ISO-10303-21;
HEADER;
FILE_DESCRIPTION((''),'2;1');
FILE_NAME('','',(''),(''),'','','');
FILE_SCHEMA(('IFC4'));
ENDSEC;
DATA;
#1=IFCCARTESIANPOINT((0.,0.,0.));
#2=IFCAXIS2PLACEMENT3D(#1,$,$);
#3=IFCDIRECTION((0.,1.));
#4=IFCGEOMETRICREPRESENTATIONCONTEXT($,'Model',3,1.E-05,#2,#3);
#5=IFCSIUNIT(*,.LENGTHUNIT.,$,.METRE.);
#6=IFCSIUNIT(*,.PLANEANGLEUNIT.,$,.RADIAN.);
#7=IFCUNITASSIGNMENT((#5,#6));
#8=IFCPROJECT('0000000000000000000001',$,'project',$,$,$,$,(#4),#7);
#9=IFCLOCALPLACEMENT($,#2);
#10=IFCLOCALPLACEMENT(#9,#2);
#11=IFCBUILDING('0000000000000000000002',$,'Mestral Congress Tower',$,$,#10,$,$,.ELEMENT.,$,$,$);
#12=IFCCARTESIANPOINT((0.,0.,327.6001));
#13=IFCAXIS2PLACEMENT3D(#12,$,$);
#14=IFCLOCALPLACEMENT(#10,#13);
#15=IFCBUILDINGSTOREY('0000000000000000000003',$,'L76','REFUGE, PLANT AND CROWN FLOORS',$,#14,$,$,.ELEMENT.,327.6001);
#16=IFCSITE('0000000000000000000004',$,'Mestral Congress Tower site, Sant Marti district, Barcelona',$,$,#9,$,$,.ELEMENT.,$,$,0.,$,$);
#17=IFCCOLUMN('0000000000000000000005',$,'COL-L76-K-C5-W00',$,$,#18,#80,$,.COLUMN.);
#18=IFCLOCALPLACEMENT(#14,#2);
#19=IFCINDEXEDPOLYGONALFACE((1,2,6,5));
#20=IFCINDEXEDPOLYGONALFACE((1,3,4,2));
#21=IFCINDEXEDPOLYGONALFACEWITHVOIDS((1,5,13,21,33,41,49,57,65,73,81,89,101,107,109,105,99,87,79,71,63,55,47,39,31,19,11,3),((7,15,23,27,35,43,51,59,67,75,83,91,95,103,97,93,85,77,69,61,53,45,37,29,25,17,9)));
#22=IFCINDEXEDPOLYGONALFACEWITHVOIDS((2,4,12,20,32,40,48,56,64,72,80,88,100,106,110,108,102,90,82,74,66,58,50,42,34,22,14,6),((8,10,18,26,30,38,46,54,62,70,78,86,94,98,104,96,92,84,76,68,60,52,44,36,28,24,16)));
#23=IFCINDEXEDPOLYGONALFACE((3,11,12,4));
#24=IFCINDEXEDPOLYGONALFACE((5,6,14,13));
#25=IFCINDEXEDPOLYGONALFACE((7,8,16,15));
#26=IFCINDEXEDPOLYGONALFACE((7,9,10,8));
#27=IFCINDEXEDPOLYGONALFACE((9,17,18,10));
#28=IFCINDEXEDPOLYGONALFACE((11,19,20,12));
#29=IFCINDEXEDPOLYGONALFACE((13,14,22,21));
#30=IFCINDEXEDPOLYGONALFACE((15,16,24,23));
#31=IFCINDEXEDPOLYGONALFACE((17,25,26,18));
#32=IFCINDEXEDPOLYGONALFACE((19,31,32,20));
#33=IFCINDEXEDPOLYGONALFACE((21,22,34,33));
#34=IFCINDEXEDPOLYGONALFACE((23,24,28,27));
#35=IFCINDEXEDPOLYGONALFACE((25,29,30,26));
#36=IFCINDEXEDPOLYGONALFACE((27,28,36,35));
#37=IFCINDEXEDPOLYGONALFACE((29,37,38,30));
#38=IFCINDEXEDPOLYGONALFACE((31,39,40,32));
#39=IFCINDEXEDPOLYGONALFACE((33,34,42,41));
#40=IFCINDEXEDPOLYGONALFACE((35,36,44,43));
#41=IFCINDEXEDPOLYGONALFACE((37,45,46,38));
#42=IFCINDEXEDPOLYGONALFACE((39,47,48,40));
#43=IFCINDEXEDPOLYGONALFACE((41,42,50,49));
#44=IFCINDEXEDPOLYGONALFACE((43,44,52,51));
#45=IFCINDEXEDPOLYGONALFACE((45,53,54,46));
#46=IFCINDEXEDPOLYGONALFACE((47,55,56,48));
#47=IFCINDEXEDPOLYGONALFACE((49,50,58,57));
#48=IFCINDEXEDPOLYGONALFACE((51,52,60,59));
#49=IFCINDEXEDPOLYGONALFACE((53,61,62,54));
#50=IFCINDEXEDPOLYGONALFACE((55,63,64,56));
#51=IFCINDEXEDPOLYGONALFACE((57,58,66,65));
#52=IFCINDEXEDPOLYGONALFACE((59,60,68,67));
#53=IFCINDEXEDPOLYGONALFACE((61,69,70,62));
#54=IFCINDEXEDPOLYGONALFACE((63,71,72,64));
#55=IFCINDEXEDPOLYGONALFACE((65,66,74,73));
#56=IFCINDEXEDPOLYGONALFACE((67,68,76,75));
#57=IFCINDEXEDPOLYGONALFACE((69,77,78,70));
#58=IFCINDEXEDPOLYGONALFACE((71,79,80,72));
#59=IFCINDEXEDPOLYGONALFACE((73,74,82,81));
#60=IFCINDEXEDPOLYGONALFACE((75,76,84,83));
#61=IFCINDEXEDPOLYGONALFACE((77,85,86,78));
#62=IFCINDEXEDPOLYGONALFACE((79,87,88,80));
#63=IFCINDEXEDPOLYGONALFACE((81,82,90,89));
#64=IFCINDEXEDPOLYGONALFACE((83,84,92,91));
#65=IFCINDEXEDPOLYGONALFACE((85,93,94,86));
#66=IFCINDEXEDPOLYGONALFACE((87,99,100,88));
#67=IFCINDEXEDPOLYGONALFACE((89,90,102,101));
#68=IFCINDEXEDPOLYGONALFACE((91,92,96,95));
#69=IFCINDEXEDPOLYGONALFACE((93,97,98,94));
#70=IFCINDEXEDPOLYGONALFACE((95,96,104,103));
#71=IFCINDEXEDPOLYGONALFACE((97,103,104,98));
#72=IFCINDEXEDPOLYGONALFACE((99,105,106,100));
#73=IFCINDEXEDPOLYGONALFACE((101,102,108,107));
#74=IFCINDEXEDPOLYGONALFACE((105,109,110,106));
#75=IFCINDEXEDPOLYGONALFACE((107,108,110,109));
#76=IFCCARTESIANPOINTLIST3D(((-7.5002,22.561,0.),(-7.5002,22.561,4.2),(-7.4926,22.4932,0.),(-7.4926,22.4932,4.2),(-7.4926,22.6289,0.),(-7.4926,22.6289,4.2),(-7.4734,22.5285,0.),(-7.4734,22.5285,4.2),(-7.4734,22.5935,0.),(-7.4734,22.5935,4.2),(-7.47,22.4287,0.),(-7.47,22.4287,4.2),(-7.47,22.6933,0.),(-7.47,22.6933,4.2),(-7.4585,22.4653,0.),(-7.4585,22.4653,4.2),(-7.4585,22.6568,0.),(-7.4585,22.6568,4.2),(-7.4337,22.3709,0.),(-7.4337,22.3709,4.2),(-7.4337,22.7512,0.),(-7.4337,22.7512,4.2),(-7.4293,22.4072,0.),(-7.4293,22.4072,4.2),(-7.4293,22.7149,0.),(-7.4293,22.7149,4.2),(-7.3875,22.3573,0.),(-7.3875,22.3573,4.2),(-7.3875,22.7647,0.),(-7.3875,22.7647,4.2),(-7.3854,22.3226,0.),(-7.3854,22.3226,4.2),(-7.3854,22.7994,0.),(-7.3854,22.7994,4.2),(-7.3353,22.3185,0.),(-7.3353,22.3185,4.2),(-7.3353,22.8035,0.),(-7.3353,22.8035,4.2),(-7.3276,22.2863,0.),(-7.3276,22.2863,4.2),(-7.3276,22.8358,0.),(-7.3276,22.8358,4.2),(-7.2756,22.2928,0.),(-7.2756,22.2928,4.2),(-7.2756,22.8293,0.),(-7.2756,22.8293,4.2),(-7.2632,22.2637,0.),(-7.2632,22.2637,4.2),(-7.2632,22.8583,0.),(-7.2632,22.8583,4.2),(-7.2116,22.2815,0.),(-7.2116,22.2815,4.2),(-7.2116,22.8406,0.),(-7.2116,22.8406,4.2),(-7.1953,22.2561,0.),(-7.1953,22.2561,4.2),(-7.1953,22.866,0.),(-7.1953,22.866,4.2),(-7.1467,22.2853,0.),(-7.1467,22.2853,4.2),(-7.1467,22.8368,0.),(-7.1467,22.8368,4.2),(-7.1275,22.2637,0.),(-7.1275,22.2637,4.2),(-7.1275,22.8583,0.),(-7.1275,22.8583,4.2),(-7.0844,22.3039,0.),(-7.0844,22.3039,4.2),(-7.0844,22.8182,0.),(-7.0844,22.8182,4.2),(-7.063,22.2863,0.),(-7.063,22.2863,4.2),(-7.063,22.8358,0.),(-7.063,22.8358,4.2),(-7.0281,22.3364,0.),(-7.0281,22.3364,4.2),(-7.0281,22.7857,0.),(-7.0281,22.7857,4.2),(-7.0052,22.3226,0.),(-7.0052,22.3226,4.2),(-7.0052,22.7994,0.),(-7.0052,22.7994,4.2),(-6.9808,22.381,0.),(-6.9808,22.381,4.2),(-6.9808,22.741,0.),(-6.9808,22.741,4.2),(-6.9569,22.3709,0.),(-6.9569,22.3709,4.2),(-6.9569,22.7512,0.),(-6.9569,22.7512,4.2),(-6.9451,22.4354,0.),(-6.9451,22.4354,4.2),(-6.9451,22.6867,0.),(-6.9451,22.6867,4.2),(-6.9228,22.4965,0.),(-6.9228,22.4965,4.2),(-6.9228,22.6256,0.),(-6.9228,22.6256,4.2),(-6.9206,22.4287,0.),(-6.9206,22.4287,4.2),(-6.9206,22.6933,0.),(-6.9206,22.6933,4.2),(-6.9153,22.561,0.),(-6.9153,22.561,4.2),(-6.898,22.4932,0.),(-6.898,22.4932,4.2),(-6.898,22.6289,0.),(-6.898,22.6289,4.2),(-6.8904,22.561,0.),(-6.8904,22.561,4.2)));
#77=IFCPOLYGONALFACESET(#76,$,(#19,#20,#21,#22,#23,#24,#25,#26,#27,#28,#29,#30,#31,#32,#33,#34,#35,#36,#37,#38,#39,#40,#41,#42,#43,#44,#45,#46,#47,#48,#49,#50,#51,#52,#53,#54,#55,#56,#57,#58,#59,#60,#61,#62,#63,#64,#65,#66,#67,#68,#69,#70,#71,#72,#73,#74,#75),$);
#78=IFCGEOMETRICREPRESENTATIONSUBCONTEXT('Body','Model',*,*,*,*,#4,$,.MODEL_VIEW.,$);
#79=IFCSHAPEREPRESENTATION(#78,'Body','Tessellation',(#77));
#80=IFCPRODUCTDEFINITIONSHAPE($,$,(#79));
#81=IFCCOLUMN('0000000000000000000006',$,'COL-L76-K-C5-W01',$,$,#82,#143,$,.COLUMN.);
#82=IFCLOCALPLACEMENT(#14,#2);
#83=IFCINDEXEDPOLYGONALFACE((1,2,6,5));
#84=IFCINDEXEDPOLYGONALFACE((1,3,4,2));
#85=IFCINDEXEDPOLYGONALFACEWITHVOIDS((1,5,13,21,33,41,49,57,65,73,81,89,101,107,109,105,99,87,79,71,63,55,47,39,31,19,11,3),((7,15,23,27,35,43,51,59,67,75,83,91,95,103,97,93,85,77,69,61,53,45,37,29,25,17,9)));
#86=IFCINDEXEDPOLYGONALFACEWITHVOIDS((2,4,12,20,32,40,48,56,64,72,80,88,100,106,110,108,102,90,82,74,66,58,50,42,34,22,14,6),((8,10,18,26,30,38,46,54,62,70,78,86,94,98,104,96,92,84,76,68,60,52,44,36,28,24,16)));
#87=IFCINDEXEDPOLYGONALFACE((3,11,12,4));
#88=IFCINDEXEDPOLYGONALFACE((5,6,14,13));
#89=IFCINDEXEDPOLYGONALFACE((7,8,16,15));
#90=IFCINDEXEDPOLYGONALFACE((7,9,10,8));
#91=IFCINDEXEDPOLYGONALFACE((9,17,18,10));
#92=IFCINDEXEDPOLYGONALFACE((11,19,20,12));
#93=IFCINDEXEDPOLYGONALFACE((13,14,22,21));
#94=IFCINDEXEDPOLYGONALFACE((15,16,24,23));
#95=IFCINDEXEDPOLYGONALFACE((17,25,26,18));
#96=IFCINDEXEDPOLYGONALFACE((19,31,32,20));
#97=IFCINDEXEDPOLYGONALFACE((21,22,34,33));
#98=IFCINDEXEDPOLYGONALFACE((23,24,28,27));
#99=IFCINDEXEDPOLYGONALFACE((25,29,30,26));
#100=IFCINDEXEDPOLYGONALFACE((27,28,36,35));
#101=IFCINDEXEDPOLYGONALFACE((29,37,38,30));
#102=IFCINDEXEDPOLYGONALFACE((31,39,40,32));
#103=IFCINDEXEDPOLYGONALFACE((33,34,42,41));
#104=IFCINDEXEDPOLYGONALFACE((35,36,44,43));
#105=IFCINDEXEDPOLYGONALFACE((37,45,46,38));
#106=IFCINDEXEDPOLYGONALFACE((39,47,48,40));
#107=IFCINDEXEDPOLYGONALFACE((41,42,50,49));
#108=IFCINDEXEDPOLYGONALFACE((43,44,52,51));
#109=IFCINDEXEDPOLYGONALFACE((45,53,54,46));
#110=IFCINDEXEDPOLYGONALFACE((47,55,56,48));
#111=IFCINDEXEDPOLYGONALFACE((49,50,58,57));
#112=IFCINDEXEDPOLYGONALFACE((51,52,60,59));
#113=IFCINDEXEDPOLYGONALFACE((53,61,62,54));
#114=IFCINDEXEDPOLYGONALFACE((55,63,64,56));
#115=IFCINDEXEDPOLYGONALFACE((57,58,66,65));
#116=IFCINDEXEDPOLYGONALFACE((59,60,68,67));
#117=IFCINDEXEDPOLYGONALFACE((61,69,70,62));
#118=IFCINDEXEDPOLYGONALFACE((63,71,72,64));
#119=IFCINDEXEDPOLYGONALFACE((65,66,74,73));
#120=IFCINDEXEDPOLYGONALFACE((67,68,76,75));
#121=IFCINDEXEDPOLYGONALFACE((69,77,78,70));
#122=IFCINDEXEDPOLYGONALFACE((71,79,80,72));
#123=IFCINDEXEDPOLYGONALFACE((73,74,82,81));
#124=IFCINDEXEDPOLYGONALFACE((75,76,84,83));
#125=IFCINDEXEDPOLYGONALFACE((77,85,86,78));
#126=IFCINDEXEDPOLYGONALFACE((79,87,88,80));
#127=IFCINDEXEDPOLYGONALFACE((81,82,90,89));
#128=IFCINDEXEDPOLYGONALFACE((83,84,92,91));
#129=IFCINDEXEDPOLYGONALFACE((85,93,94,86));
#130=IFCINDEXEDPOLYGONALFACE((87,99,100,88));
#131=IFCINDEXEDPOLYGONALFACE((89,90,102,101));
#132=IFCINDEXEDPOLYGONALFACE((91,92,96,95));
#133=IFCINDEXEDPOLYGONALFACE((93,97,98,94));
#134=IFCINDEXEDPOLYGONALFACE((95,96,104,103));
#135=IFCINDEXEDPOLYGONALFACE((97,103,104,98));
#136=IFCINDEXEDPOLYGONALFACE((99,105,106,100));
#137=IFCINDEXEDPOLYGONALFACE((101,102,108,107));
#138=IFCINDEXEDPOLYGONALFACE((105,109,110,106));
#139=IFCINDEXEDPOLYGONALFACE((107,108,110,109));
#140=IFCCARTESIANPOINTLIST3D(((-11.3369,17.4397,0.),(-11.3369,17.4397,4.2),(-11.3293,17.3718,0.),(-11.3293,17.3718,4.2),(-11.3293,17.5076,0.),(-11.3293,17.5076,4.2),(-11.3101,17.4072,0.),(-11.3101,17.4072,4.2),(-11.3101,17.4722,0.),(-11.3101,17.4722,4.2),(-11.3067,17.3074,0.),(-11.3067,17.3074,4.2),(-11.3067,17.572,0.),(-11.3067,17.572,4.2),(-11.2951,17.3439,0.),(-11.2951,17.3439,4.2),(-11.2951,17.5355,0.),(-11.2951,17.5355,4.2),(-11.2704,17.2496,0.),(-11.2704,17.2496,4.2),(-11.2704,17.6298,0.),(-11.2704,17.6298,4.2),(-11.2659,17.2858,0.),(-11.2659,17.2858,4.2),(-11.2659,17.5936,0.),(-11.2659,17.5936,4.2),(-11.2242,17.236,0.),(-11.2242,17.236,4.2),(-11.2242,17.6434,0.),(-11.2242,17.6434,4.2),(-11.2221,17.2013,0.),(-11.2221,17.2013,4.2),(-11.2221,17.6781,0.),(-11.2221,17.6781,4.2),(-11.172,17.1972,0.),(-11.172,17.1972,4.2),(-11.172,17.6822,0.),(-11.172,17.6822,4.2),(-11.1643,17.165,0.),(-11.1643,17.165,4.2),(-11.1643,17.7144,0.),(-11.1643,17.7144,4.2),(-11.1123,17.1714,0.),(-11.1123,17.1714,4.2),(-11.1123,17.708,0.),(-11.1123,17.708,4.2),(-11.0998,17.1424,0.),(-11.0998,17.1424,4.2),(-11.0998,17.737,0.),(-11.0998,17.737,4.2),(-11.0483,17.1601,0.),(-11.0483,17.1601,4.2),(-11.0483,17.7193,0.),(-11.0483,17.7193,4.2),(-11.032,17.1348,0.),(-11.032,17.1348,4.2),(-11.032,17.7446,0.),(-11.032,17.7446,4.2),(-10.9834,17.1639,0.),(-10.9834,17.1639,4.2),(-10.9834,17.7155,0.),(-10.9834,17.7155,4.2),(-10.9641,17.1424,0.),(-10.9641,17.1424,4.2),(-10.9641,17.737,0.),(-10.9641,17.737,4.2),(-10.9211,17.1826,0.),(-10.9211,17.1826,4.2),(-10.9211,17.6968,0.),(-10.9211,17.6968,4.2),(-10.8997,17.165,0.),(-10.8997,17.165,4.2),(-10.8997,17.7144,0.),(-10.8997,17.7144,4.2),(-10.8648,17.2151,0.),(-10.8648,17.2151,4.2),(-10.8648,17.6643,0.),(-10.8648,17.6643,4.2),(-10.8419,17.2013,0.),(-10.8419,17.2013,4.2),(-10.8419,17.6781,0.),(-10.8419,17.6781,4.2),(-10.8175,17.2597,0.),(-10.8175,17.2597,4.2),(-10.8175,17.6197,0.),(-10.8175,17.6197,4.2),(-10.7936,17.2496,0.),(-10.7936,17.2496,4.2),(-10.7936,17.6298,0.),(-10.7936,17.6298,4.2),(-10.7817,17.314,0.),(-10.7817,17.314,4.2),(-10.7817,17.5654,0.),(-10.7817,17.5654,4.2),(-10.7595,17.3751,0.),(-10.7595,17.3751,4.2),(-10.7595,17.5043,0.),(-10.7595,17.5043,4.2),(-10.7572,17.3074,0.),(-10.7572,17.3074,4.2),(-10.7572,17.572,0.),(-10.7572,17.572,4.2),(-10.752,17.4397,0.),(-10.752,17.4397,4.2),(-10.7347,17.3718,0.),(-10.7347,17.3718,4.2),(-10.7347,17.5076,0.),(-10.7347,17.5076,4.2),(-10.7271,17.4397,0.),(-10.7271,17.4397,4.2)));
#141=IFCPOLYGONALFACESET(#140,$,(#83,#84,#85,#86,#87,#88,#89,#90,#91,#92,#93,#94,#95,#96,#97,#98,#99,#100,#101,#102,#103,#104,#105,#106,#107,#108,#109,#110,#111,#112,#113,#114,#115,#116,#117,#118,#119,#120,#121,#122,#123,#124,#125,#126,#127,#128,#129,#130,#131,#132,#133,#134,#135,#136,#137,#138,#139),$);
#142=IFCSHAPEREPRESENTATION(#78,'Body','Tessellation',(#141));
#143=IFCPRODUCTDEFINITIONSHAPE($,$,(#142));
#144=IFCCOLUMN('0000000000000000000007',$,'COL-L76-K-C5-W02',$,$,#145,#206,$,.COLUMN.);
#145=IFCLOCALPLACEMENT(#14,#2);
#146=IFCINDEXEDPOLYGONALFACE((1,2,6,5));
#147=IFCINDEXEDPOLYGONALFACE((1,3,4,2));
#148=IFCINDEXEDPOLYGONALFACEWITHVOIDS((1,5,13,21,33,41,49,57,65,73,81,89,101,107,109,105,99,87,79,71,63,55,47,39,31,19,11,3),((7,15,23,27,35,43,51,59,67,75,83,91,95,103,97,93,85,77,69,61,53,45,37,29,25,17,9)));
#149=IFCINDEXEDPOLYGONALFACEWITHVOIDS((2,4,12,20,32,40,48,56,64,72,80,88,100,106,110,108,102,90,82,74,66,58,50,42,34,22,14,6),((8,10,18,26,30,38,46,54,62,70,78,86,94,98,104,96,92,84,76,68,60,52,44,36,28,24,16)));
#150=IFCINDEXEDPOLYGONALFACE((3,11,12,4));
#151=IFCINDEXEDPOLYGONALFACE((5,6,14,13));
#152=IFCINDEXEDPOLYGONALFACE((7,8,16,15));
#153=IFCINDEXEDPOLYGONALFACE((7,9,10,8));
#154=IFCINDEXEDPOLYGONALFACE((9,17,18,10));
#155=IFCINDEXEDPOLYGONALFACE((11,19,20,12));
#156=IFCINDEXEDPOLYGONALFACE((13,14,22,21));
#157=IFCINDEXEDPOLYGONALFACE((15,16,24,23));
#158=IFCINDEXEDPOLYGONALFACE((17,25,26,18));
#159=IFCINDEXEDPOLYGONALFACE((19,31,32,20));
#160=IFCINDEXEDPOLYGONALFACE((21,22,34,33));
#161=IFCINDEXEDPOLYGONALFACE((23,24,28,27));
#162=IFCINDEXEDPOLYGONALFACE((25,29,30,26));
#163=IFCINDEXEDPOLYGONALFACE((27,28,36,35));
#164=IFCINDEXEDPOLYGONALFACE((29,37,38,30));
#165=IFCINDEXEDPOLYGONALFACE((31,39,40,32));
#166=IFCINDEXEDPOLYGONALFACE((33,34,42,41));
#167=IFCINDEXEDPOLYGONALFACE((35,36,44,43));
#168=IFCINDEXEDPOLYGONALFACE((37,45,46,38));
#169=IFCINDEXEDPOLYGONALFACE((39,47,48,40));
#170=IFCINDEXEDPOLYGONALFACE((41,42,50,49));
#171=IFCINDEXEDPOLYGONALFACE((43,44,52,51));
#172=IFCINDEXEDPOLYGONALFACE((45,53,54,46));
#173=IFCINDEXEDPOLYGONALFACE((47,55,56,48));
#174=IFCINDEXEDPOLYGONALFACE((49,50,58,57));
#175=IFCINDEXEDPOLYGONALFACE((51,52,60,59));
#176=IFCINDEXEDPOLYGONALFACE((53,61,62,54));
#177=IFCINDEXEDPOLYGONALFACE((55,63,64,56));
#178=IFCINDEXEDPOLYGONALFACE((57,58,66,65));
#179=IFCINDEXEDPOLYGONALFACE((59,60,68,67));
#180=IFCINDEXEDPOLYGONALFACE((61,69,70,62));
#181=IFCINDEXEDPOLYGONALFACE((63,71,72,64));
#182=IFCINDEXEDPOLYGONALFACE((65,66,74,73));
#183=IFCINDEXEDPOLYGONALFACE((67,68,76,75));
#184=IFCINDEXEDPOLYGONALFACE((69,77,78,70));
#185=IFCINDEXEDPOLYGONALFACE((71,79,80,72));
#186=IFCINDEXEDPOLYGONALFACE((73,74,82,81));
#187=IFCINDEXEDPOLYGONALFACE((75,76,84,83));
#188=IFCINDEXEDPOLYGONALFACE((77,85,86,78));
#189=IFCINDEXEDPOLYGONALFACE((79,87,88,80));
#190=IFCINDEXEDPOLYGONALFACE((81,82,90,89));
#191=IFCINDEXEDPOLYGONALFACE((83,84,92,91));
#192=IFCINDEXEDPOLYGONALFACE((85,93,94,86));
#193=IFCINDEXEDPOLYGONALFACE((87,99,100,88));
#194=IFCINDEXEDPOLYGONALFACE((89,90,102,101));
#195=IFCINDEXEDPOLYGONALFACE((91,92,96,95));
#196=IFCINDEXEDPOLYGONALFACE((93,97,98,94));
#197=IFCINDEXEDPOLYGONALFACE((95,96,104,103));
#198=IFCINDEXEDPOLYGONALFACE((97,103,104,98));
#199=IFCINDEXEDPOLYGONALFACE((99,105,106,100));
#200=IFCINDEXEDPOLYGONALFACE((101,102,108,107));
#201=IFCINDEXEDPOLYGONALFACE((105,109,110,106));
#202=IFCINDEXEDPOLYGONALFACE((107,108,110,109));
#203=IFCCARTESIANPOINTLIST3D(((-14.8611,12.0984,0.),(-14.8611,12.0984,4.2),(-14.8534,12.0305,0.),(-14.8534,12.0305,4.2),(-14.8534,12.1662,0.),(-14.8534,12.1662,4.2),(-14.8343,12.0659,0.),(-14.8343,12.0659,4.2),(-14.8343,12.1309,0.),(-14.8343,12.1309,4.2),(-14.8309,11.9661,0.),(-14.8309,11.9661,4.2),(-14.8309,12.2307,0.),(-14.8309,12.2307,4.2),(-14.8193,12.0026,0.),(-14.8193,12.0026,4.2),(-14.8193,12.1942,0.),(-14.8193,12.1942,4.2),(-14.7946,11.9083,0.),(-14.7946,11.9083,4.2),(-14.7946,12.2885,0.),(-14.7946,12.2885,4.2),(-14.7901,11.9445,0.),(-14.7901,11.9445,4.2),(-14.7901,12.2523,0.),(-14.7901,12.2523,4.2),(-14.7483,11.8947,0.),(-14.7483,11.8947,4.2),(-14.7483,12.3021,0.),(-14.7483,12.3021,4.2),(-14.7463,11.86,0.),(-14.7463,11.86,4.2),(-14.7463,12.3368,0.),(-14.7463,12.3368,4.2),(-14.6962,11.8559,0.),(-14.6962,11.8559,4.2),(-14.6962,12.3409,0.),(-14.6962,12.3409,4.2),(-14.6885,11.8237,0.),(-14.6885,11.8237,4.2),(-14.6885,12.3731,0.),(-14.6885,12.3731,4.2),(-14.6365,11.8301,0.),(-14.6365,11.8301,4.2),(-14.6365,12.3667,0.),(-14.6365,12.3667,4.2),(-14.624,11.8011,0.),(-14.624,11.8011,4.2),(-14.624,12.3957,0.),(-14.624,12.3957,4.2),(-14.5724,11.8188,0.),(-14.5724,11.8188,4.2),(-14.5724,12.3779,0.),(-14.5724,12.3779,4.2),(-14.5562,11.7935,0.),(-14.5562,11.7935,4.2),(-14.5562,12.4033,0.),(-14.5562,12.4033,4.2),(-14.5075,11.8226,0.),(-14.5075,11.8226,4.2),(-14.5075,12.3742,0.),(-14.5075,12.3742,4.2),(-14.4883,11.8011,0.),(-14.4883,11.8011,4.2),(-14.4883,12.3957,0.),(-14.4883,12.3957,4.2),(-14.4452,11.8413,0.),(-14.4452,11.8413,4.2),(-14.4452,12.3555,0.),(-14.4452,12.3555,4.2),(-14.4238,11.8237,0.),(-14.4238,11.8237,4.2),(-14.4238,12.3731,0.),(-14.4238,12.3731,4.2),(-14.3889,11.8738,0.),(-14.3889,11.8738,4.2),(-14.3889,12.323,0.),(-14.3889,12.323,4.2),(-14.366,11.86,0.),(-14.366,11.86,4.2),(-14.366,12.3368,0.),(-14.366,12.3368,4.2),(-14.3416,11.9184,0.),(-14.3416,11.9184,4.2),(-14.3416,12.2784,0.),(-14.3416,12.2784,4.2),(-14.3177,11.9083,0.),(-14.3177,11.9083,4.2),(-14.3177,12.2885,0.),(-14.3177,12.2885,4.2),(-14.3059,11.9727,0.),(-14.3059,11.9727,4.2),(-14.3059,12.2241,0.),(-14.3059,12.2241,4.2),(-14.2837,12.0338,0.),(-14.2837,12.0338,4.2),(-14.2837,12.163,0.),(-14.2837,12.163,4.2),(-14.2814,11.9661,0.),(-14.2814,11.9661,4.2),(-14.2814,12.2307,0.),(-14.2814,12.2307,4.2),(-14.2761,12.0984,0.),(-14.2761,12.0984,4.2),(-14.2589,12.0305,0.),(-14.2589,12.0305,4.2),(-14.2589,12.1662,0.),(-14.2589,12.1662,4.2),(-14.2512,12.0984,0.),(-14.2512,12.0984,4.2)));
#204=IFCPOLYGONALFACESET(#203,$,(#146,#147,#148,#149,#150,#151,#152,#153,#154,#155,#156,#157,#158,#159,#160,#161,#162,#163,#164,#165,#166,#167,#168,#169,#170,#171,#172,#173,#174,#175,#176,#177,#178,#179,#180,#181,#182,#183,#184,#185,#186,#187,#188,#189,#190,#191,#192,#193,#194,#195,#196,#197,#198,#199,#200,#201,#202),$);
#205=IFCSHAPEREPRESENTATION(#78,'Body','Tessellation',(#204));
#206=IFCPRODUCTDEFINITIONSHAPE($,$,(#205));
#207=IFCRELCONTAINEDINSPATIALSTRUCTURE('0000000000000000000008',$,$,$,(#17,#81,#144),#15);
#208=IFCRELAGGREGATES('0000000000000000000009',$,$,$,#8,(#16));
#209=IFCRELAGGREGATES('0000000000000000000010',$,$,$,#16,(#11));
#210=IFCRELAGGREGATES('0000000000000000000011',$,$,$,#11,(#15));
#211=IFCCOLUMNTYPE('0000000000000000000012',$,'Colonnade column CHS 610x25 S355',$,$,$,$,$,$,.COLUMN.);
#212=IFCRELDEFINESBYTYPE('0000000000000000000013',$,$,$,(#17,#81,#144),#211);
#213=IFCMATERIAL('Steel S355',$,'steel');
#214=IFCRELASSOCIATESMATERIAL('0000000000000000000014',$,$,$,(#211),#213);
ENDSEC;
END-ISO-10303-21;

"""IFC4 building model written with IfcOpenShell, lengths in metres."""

from ifc_helpers import new_model, si_unit, direction, frame, origin, origin_2d, place, context, subcontext, project, spatial, hollow_circle, extrude, material, material_profile, profile_set, type_object, element, save


model = new_model("IFC4")

# Units and contexts
model_context = context("Model", 3, precision=1e-05, world=origin(), true_north=direction((0.0, 1.0)))
body_context = subcontext(model_context, "Body", "Model", "MODEL_VIEW")
ifc_project = project(units=[si_unit("LENGTHUNIT", "METRE"), si_unit("PLANEANGLEUNIT", "RADIAN")], contexts=[model_context])

# Site, building, storey
site_placement = place(None, origin())
site = spatial("IfcSite", under=ifc_project, at=site_placement, Name="Mestral Congress Tower site, Sant Marti district, Barcelona", CompositionType="ELEMENT", RefElevation=0.0)
building_placement = place(site_placement, origin())
building = spatial("IfcBuilding", under=site, at=building_placement, Name="Mestral Congress Tower", CompositionType="ELEMENT")
storey_placement = place(building_placement, frame((0.0, 0.0, 327.6001)))
storey = spatial("IfcBuildingStorey", under=building, at=storey_placement, Name="L76", Description="REFUGE, PLANT AND CROWN FLOORS", CompositionType="ELEMENT", Elevation=327.6001)

# Columns
ifc_material_1 = material(Name="Steel S355", Category="steel")
ifc_material_profile_1 = material_profile(ifc_material_1, hollow_circle(Radius=0.3049, WallThickness=0.0249, at=origin_2d()), Name="CHS 610x25")
ifc_profile_set_1 = profile_set([ifc_material_profile_1], Name="Steel S355")
column_type = type_object("IfcColumnType", Name="Colonnade column CHS 610x25 S355", PredefinedType="COLUMN", material=ifc_profile_set_1)
for number, where, z_axis, x_axis, name in (
    (1, (-7.1953, 22.561, 0.0), (0.0, 0.0, 1.0), (1.0, 0.0, 0.0), "COL-L76-K-C5-W00"),
    (2, (-11.032, 17.4397, 0.0), (0.0, 0.0, 1.0), (1.0, 0.0, 0.0), "COL-L76-K-C5-W01"),
    (3, (-14.5562, 12.0984, 0.0), (0.0, 0.0, 1.0), (1.0, 0.0, 0.0), "COL-L76-K-C5-W02"),
):
    element("IfcColumn", number, at=place(storey_placement, frame(where, z_axis=z_axis, x_axis=x_axis)), inside=storey, type_object=column_type, Name=name, PredefinedType="COLUMN", context=body_context, shape_type="SweptSolid", body=[
        extrude(hollow_circle(Radius=0.3049, WallThickness=0.0249, at=origin_2d()), origin(), (0.0, 0.0, 1.0), 4.2),
    ])

save(model, "model.ifc")
